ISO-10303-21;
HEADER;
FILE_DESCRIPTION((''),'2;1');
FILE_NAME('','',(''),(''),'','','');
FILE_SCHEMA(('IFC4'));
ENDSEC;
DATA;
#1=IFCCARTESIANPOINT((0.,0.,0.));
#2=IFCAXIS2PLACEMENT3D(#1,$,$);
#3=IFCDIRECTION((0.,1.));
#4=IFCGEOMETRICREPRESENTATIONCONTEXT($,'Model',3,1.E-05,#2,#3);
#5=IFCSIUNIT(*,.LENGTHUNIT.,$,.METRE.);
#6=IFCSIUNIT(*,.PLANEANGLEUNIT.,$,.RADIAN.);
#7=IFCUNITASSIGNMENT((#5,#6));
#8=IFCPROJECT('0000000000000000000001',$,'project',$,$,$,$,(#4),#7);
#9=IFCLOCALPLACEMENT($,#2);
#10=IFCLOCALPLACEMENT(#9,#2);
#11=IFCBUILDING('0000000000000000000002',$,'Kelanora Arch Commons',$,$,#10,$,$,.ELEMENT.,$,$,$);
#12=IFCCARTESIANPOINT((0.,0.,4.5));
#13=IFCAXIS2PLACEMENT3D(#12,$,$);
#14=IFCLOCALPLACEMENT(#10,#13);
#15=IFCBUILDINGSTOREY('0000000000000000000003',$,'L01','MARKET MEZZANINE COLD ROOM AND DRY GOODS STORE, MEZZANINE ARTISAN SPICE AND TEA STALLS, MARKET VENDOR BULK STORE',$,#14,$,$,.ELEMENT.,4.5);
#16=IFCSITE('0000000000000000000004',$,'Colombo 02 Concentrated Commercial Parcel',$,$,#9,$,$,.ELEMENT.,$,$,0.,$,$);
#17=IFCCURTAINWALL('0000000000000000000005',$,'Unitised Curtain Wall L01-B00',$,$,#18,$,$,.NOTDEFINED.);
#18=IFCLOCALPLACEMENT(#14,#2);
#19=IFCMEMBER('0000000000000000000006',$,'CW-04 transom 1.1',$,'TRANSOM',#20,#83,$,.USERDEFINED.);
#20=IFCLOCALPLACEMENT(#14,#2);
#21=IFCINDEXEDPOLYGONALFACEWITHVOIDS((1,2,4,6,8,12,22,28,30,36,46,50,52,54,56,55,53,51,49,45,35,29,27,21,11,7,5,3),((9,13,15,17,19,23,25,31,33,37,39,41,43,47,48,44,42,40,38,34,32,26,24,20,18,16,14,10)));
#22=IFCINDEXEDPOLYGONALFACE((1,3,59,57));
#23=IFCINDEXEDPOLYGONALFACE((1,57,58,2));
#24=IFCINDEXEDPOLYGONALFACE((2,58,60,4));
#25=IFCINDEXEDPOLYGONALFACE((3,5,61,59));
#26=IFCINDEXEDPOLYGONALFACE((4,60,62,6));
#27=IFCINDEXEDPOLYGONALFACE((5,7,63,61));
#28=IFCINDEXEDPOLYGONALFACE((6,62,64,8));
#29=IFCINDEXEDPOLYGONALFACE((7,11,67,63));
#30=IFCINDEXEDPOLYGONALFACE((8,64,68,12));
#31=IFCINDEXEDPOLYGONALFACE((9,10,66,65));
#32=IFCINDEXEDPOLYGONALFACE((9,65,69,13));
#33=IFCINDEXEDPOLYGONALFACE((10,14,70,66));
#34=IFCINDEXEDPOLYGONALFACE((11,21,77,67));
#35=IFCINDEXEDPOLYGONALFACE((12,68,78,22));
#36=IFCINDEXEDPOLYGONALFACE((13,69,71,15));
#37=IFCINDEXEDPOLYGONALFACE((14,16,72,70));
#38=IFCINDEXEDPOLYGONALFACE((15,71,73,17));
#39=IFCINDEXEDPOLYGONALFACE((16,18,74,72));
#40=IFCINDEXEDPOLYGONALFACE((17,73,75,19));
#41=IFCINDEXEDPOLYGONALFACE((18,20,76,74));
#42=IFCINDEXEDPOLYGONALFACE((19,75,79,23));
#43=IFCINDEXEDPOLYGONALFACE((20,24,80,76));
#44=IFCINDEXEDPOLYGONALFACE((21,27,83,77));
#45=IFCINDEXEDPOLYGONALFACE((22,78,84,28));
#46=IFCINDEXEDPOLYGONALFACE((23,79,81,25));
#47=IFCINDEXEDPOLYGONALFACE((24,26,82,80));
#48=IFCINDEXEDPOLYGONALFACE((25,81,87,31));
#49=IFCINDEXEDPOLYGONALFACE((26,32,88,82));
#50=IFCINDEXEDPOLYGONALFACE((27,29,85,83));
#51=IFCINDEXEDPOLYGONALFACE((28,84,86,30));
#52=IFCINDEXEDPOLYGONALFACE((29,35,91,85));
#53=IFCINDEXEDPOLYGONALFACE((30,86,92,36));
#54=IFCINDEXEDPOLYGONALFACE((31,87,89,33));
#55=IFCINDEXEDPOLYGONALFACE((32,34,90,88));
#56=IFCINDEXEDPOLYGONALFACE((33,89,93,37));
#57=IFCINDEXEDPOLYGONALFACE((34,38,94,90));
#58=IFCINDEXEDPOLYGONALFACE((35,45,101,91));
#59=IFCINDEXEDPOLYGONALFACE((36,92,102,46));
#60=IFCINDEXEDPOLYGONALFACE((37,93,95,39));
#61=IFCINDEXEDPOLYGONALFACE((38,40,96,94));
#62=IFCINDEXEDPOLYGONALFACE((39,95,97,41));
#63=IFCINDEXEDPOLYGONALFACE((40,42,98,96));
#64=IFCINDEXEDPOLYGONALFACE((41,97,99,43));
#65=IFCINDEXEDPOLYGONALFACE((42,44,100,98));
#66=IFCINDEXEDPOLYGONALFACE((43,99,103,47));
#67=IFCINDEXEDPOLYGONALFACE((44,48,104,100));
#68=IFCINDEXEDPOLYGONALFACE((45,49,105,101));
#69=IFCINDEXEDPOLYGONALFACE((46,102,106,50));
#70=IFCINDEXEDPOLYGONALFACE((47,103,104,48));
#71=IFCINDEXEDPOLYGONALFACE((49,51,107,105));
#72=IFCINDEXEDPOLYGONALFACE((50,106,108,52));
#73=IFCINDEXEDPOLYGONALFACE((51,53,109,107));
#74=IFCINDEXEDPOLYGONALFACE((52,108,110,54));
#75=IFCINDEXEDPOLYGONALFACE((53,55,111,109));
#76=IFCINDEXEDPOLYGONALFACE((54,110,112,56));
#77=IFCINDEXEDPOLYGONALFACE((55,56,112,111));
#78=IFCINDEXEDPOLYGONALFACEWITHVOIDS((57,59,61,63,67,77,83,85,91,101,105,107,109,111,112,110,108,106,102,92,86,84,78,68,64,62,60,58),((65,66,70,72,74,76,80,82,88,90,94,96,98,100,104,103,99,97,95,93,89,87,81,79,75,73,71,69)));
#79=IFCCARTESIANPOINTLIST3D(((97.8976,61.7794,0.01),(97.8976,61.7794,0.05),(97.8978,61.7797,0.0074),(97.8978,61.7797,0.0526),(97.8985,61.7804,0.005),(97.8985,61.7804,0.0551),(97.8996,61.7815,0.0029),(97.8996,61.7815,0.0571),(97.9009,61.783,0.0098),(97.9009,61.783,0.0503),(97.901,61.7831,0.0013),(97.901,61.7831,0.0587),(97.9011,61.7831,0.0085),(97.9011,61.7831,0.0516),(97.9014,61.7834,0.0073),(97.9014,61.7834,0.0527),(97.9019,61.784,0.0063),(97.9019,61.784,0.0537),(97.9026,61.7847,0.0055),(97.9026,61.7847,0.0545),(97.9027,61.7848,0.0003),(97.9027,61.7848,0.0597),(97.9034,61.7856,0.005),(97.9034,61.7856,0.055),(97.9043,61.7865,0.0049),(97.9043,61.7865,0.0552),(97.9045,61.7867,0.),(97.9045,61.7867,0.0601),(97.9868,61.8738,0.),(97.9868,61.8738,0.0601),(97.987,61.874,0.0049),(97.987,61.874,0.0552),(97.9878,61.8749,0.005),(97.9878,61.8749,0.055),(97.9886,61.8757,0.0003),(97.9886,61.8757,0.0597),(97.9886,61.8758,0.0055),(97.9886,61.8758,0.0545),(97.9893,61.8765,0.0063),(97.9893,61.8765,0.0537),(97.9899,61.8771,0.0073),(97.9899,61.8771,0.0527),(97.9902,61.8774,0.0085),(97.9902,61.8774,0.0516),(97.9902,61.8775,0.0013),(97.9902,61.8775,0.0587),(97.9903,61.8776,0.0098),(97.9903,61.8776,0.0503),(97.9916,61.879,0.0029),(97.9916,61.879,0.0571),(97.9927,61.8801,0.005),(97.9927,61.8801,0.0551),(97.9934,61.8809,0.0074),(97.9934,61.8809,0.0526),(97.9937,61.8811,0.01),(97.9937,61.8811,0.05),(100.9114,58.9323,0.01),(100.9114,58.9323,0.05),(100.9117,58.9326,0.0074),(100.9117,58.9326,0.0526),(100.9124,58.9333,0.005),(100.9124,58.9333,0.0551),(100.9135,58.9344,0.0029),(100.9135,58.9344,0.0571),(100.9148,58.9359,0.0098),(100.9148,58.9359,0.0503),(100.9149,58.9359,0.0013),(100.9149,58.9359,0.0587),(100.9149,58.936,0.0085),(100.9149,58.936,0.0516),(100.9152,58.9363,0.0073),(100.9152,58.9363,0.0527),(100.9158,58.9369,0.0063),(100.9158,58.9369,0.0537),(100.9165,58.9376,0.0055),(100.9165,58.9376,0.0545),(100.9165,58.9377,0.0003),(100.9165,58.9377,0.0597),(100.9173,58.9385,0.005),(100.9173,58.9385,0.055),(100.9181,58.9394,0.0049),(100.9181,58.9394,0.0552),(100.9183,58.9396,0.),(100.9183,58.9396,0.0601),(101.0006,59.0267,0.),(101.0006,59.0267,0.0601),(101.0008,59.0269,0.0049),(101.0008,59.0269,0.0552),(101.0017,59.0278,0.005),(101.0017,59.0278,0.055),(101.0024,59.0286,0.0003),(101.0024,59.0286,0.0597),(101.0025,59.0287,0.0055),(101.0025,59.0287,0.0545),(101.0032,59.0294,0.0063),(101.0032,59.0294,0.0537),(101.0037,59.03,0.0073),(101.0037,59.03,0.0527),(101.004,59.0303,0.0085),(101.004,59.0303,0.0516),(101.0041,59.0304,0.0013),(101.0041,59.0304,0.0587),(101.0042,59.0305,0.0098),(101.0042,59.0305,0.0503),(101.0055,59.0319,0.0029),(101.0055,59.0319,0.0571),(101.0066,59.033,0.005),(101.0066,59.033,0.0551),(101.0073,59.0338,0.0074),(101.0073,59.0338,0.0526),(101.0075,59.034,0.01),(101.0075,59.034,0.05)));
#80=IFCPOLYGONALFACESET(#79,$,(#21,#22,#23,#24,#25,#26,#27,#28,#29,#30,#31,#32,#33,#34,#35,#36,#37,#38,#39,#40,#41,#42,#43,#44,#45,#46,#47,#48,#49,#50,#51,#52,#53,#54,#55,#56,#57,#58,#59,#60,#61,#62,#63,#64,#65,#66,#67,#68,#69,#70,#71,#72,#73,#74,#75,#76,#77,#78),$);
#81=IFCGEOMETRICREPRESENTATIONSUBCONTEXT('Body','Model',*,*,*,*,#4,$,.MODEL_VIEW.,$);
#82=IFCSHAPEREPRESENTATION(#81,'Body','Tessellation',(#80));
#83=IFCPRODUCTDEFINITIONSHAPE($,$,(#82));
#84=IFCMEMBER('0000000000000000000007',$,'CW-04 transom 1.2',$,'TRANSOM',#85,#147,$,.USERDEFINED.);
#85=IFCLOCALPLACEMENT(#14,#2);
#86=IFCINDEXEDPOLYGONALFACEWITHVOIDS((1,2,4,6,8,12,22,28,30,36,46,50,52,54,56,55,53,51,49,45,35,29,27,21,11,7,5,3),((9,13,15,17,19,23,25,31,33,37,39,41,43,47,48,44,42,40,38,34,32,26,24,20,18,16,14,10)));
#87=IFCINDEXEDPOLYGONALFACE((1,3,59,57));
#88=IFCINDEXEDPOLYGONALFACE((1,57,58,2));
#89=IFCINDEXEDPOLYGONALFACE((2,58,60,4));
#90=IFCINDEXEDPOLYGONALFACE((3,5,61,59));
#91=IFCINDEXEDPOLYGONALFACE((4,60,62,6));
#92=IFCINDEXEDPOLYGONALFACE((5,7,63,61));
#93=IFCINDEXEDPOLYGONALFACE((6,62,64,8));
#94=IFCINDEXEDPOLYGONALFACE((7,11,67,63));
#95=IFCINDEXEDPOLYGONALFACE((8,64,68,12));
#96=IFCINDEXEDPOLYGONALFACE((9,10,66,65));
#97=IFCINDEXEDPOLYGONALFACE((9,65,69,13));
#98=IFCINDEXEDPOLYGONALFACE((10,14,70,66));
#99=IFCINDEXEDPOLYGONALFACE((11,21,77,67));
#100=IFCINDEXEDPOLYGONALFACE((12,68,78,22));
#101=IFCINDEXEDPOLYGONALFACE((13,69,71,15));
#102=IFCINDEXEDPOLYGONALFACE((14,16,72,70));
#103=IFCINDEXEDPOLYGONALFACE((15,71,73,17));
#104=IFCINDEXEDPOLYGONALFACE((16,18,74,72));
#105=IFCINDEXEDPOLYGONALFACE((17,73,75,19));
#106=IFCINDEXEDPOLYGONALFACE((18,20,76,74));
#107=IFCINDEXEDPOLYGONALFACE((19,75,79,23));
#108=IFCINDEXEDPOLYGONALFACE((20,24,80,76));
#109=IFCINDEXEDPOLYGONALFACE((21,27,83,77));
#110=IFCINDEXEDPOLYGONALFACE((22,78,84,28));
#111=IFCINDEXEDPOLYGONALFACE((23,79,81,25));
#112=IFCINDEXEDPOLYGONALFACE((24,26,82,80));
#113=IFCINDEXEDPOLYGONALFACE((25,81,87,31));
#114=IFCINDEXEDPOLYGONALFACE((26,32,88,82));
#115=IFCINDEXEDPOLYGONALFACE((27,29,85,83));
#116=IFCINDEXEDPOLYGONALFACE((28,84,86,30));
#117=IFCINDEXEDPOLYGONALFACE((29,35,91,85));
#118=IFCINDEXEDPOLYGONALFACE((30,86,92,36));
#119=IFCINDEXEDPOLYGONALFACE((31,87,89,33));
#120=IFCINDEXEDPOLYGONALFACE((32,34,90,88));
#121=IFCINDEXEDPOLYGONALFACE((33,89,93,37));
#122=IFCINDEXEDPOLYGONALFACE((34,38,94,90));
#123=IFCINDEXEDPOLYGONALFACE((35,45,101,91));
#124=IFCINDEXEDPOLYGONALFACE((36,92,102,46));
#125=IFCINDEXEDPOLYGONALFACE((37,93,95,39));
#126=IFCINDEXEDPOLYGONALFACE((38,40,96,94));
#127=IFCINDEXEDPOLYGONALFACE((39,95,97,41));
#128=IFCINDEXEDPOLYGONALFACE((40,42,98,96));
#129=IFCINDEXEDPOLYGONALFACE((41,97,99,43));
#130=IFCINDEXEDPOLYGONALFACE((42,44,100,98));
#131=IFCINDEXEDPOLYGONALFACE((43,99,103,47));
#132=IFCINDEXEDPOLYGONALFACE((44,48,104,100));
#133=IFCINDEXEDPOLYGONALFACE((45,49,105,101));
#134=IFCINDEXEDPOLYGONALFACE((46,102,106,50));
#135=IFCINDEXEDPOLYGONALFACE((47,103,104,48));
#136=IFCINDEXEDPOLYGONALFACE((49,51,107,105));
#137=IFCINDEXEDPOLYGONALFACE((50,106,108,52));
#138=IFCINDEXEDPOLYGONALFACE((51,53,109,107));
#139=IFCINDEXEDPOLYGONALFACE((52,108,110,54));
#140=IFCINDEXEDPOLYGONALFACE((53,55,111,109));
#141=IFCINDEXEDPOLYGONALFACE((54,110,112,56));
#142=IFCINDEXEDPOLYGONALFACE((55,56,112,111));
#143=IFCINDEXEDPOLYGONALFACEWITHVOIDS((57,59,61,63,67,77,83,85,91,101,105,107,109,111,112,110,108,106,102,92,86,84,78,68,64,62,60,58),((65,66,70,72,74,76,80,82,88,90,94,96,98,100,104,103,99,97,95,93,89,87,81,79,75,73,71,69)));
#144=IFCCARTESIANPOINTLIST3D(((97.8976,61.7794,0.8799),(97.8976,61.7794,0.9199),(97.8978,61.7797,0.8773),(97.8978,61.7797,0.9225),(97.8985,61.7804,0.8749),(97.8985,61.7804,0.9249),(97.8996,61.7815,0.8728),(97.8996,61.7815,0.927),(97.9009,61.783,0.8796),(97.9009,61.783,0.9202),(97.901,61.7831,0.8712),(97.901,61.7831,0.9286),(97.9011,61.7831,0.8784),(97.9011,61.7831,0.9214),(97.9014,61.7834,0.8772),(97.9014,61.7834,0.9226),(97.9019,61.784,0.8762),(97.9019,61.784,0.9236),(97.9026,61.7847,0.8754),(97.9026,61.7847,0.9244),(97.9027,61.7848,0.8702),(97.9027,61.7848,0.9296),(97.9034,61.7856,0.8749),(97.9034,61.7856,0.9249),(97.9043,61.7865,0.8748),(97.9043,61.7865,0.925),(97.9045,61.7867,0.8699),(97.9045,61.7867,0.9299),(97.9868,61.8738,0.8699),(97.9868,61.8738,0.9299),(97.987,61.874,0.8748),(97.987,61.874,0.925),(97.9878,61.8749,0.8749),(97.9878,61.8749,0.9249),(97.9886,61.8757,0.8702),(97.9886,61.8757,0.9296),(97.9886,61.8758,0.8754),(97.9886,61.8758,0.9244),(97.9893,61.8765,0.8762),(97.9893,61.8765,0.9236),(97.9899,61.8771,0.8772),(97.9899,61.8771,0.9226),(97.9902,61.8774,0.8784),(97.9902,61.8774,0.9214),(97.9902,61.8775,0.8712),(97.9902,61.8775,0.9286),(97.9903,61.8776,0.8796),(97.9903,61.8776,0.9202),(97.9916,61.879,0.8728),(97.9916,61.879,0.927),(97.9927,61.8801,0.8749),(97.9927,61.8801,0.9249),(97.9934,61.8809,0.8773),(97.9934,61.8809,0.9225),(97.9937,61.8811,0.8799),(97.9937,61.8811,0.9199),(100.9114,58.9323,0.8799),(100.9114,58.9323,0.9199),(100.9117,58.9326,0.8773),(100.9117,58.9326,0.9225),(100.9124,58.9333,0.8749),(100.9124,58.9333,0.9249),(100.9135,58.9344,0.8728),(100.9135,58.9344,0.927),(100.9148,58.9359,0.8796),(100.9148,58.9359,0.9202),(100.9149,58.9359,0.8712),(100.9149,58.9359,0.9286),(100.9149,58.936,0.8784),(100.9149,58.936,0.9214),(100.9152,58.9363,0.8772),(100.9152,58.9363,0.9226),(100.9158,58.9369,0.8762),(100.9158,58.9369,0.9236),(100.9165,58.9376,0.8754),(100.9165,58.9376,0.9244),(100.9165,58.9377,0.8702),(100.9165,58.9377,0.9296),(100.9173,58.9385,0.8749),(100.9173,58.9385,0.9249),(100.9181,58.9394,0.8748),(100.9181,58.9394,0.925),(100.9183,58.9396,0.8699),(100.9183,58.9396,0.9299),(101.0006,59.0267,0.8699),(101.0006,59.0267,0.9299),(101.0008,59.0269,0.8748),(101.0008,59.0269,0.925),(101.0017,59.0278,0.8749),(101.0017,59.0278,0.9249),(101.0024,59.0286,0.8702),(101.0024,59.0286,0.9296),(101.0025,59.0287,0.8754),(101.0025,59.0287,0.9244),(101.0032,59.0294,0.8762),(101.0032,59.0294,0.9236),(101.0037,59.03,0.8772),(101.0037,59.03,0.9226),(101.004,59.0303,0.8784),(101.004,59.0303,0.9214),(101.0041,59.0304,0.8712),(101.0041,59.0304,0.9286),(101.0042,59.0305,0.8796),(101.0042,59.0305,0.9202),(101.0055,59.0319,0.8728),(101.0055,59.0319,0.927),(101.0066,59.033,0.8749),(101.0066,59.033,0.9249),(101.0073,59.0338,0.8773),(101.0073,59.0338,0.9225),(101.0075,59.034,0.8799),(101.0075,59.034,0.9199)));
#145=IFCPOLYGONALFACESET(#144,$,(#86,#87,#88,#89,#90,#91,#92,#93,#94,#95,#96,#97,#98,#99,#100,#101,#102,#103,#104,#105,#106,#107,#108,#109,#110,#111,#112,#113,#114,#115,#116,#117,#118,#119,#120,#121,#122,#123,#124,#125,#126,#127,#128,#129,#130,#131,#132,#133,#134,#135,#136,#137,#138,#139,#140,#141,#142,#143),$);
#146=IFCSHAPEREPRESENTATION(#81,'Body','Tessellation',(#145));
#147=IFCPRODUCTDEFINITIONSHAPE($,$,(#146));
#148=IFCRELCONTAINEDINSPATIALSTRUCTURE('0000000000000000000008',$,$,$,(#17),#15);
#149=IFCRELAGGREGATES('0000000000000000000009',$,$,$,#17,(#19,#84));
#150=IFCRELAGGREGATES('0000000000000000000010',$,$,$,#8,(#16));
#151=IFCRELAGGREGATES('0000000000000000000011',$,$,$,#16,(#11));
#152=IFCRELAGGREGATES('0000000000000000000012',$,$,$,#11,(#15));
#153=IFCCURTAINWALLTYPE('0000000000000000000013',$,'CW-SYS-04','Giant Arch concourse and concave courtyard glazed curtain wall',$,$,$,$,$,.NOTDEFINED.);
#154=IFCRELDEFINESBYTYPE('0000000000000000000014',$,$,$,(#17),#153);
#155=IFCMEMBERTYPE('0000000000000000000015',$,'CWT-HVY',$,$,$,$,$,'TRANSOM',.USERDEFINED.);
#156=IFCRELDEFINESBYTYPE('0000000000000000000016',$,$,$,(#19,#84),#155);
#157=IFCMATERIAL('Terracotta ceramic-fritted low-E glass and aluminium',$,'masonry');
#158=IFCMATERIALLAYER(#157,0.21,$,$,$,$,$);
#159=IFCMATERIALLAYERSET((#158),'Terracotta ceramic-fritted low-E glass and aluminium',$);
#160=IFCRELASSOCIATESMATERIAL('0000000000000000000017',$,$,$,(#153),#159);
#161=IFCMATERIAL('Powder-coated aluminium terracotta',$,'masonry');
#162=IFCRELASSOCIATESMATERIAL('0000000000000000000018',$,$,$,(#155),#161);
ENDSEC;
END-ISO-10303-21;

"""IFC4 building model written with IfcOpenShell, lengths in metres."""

from ifc_helpers import new_model, si_unit, direction, frame, origin, origin_2d, place, context, subcontext, project, spatial, hollow_rectangle, extrude, material, layer, layer_set, material_profile, profile_set, type_object, element, aggregate, save


model = new_model("IFC4")

# Units and contexts
model_context = context("Model", 3, precision=1e-05, world=origin(), true_north=direction((0.0, 1.0)))
body_context = subcontext(model_context, "Body", "Model", "MODEL_VIEW")
ifc_project = project(units=[si_unit("LENGTHUNIT", "METRE"), si_unit("PLANEANGLEUNIT", "RADIAN")], contexts=[model_context])

# Site, building, storey
site_placement = place(None, origin())
site = spatial("IfcSite", under=ifc_project, at=site_placement, Name="Colombo 02 Concentrated Commercial Parcel", CompositionType="ELEMENT", RefElevation=0.0)
building_placement = place(site_placement, origin())
building = spatial("IfcBuilding", under=site, at=building_placement, Name="Kelanora Arch Commons", CompositionType="ELEMENT")
storey_placement = place(building_placement, frame((0.0, 0.0, 4.5)))
storey = spatial("IfcBuildingStorey", under=building, at=storey_placement, Name="L01", Description="MARKET MEZZANINE COLD ROOM AND DRY GOODS STORE, MEZZANINE ARTISAN SPICE AND TEA STALLS, MARKET VENDOR BULK STORE", CompositionType="ELEMENT", Elevation=4.5)

# Curtain wall
ifc_material_1 = material(Name="Terracotta ceramic-fritted low-E glass and aluminium", Category="masonry")
ifc_layer_1 = layer(ifc_material_1, 0.21)
ifc_layer_set_1 = layer_set([ifc_layer_1], Name="Terracotta ceramic-fritted low-E glass and aluminium")
curtain_wall_type = type_object("IfcCurtainWallType", Name="CW-SYS-04", Description="Giant Arch concourse and concave courtyard glazed curtain wall", PredefinedType="NOTDEFINED", material=ifc_layer_set_1)
curtain_wall_1_placement = place(storey_placement, origin())
curtain_wall_1 = element("IfcCurtainWall", 1, at=curtain_wall_1_placement, inside=storey, type_object=curtain_wall_type, Name="Unitised Curtain Wall L01-B00", PredefinedType="NOTDEFINED")
ifc_material_2 = material(Name="Powder-coated aluminium terracotta", Category="masonry")

# Members
ifc_material_profile_1 = material_profile(ifc_material_2, hollow_rectangle(XDim=0.1399, YDim=0.0601, WallThickness=0.0049, InnerFilletRadius=0.0049, OuterFilletRadius=0.01, at=origin_2d()), Name="CWT140x60")
ifc_profile_set_1 = profile_set([ifc_material_profile_1], Name="Powder-coated aluminium terracotta")
member_type_1 = type_object("IfcMemberType", Name="CWT-HVY", ElementType="TRANSOM", PredefinedType="USERDEFINED", material=ifc_profile_set_1)
member_1_placement = place(storey_placement, frame((100.9595, 58.9832, 0.03), z_axis=(-0.72693, 0.686712, 0.0), x_axis=(-0.686712, -0.72693, 0.0)))
member_1 = element("IfcMember", 2, at=member_1_placement, type_object=member_type_1, Name="CW-04 transom 1.1", ObjectType="TRANSOM", PredefinedType="USERDEFINED", context=body_context, shape_type="SweptSolid", body=[
    extrude(hollow_rectangle(XDim=0.1399, YDim=0.0601, WallThickness=0.0049, InnerFilletRadius=0.0049, OuterFilletRadius=0.01, at=origin_2d()), origin(), (0.0, 0.0, 1.0), 4.146),
])
member_2_placement = place(storey_placement, frame((100.9595, 58.9832, 0.8999), z_axis=(-0.72693, 0.686712, 0.0), x_axis=(-0.686712, -0.72693, 0.0)))
member_2 = element("IfcMember", 3, at=member_2_placement, type_object=member_type_1, Name="CW-04 transom 1.2", ObjectType="TRANSOM", PredefinedType="USERDEFINED", context=body_context, shape_type="SweptSolid", body=[
    extrude(hollow_rectangle(XDim=0.1399, YDim=0.0601, WallThickness=0.0049, InnerFilletRadius=0.0049, OuterFilletRadius=0.01, at=origin_2d()), origin(), (0.0, 0.0, 1.0), 4.146),
])

aggregate(curtain_wall_1, [member_1, member_2])

save(model, "model.ifc")
